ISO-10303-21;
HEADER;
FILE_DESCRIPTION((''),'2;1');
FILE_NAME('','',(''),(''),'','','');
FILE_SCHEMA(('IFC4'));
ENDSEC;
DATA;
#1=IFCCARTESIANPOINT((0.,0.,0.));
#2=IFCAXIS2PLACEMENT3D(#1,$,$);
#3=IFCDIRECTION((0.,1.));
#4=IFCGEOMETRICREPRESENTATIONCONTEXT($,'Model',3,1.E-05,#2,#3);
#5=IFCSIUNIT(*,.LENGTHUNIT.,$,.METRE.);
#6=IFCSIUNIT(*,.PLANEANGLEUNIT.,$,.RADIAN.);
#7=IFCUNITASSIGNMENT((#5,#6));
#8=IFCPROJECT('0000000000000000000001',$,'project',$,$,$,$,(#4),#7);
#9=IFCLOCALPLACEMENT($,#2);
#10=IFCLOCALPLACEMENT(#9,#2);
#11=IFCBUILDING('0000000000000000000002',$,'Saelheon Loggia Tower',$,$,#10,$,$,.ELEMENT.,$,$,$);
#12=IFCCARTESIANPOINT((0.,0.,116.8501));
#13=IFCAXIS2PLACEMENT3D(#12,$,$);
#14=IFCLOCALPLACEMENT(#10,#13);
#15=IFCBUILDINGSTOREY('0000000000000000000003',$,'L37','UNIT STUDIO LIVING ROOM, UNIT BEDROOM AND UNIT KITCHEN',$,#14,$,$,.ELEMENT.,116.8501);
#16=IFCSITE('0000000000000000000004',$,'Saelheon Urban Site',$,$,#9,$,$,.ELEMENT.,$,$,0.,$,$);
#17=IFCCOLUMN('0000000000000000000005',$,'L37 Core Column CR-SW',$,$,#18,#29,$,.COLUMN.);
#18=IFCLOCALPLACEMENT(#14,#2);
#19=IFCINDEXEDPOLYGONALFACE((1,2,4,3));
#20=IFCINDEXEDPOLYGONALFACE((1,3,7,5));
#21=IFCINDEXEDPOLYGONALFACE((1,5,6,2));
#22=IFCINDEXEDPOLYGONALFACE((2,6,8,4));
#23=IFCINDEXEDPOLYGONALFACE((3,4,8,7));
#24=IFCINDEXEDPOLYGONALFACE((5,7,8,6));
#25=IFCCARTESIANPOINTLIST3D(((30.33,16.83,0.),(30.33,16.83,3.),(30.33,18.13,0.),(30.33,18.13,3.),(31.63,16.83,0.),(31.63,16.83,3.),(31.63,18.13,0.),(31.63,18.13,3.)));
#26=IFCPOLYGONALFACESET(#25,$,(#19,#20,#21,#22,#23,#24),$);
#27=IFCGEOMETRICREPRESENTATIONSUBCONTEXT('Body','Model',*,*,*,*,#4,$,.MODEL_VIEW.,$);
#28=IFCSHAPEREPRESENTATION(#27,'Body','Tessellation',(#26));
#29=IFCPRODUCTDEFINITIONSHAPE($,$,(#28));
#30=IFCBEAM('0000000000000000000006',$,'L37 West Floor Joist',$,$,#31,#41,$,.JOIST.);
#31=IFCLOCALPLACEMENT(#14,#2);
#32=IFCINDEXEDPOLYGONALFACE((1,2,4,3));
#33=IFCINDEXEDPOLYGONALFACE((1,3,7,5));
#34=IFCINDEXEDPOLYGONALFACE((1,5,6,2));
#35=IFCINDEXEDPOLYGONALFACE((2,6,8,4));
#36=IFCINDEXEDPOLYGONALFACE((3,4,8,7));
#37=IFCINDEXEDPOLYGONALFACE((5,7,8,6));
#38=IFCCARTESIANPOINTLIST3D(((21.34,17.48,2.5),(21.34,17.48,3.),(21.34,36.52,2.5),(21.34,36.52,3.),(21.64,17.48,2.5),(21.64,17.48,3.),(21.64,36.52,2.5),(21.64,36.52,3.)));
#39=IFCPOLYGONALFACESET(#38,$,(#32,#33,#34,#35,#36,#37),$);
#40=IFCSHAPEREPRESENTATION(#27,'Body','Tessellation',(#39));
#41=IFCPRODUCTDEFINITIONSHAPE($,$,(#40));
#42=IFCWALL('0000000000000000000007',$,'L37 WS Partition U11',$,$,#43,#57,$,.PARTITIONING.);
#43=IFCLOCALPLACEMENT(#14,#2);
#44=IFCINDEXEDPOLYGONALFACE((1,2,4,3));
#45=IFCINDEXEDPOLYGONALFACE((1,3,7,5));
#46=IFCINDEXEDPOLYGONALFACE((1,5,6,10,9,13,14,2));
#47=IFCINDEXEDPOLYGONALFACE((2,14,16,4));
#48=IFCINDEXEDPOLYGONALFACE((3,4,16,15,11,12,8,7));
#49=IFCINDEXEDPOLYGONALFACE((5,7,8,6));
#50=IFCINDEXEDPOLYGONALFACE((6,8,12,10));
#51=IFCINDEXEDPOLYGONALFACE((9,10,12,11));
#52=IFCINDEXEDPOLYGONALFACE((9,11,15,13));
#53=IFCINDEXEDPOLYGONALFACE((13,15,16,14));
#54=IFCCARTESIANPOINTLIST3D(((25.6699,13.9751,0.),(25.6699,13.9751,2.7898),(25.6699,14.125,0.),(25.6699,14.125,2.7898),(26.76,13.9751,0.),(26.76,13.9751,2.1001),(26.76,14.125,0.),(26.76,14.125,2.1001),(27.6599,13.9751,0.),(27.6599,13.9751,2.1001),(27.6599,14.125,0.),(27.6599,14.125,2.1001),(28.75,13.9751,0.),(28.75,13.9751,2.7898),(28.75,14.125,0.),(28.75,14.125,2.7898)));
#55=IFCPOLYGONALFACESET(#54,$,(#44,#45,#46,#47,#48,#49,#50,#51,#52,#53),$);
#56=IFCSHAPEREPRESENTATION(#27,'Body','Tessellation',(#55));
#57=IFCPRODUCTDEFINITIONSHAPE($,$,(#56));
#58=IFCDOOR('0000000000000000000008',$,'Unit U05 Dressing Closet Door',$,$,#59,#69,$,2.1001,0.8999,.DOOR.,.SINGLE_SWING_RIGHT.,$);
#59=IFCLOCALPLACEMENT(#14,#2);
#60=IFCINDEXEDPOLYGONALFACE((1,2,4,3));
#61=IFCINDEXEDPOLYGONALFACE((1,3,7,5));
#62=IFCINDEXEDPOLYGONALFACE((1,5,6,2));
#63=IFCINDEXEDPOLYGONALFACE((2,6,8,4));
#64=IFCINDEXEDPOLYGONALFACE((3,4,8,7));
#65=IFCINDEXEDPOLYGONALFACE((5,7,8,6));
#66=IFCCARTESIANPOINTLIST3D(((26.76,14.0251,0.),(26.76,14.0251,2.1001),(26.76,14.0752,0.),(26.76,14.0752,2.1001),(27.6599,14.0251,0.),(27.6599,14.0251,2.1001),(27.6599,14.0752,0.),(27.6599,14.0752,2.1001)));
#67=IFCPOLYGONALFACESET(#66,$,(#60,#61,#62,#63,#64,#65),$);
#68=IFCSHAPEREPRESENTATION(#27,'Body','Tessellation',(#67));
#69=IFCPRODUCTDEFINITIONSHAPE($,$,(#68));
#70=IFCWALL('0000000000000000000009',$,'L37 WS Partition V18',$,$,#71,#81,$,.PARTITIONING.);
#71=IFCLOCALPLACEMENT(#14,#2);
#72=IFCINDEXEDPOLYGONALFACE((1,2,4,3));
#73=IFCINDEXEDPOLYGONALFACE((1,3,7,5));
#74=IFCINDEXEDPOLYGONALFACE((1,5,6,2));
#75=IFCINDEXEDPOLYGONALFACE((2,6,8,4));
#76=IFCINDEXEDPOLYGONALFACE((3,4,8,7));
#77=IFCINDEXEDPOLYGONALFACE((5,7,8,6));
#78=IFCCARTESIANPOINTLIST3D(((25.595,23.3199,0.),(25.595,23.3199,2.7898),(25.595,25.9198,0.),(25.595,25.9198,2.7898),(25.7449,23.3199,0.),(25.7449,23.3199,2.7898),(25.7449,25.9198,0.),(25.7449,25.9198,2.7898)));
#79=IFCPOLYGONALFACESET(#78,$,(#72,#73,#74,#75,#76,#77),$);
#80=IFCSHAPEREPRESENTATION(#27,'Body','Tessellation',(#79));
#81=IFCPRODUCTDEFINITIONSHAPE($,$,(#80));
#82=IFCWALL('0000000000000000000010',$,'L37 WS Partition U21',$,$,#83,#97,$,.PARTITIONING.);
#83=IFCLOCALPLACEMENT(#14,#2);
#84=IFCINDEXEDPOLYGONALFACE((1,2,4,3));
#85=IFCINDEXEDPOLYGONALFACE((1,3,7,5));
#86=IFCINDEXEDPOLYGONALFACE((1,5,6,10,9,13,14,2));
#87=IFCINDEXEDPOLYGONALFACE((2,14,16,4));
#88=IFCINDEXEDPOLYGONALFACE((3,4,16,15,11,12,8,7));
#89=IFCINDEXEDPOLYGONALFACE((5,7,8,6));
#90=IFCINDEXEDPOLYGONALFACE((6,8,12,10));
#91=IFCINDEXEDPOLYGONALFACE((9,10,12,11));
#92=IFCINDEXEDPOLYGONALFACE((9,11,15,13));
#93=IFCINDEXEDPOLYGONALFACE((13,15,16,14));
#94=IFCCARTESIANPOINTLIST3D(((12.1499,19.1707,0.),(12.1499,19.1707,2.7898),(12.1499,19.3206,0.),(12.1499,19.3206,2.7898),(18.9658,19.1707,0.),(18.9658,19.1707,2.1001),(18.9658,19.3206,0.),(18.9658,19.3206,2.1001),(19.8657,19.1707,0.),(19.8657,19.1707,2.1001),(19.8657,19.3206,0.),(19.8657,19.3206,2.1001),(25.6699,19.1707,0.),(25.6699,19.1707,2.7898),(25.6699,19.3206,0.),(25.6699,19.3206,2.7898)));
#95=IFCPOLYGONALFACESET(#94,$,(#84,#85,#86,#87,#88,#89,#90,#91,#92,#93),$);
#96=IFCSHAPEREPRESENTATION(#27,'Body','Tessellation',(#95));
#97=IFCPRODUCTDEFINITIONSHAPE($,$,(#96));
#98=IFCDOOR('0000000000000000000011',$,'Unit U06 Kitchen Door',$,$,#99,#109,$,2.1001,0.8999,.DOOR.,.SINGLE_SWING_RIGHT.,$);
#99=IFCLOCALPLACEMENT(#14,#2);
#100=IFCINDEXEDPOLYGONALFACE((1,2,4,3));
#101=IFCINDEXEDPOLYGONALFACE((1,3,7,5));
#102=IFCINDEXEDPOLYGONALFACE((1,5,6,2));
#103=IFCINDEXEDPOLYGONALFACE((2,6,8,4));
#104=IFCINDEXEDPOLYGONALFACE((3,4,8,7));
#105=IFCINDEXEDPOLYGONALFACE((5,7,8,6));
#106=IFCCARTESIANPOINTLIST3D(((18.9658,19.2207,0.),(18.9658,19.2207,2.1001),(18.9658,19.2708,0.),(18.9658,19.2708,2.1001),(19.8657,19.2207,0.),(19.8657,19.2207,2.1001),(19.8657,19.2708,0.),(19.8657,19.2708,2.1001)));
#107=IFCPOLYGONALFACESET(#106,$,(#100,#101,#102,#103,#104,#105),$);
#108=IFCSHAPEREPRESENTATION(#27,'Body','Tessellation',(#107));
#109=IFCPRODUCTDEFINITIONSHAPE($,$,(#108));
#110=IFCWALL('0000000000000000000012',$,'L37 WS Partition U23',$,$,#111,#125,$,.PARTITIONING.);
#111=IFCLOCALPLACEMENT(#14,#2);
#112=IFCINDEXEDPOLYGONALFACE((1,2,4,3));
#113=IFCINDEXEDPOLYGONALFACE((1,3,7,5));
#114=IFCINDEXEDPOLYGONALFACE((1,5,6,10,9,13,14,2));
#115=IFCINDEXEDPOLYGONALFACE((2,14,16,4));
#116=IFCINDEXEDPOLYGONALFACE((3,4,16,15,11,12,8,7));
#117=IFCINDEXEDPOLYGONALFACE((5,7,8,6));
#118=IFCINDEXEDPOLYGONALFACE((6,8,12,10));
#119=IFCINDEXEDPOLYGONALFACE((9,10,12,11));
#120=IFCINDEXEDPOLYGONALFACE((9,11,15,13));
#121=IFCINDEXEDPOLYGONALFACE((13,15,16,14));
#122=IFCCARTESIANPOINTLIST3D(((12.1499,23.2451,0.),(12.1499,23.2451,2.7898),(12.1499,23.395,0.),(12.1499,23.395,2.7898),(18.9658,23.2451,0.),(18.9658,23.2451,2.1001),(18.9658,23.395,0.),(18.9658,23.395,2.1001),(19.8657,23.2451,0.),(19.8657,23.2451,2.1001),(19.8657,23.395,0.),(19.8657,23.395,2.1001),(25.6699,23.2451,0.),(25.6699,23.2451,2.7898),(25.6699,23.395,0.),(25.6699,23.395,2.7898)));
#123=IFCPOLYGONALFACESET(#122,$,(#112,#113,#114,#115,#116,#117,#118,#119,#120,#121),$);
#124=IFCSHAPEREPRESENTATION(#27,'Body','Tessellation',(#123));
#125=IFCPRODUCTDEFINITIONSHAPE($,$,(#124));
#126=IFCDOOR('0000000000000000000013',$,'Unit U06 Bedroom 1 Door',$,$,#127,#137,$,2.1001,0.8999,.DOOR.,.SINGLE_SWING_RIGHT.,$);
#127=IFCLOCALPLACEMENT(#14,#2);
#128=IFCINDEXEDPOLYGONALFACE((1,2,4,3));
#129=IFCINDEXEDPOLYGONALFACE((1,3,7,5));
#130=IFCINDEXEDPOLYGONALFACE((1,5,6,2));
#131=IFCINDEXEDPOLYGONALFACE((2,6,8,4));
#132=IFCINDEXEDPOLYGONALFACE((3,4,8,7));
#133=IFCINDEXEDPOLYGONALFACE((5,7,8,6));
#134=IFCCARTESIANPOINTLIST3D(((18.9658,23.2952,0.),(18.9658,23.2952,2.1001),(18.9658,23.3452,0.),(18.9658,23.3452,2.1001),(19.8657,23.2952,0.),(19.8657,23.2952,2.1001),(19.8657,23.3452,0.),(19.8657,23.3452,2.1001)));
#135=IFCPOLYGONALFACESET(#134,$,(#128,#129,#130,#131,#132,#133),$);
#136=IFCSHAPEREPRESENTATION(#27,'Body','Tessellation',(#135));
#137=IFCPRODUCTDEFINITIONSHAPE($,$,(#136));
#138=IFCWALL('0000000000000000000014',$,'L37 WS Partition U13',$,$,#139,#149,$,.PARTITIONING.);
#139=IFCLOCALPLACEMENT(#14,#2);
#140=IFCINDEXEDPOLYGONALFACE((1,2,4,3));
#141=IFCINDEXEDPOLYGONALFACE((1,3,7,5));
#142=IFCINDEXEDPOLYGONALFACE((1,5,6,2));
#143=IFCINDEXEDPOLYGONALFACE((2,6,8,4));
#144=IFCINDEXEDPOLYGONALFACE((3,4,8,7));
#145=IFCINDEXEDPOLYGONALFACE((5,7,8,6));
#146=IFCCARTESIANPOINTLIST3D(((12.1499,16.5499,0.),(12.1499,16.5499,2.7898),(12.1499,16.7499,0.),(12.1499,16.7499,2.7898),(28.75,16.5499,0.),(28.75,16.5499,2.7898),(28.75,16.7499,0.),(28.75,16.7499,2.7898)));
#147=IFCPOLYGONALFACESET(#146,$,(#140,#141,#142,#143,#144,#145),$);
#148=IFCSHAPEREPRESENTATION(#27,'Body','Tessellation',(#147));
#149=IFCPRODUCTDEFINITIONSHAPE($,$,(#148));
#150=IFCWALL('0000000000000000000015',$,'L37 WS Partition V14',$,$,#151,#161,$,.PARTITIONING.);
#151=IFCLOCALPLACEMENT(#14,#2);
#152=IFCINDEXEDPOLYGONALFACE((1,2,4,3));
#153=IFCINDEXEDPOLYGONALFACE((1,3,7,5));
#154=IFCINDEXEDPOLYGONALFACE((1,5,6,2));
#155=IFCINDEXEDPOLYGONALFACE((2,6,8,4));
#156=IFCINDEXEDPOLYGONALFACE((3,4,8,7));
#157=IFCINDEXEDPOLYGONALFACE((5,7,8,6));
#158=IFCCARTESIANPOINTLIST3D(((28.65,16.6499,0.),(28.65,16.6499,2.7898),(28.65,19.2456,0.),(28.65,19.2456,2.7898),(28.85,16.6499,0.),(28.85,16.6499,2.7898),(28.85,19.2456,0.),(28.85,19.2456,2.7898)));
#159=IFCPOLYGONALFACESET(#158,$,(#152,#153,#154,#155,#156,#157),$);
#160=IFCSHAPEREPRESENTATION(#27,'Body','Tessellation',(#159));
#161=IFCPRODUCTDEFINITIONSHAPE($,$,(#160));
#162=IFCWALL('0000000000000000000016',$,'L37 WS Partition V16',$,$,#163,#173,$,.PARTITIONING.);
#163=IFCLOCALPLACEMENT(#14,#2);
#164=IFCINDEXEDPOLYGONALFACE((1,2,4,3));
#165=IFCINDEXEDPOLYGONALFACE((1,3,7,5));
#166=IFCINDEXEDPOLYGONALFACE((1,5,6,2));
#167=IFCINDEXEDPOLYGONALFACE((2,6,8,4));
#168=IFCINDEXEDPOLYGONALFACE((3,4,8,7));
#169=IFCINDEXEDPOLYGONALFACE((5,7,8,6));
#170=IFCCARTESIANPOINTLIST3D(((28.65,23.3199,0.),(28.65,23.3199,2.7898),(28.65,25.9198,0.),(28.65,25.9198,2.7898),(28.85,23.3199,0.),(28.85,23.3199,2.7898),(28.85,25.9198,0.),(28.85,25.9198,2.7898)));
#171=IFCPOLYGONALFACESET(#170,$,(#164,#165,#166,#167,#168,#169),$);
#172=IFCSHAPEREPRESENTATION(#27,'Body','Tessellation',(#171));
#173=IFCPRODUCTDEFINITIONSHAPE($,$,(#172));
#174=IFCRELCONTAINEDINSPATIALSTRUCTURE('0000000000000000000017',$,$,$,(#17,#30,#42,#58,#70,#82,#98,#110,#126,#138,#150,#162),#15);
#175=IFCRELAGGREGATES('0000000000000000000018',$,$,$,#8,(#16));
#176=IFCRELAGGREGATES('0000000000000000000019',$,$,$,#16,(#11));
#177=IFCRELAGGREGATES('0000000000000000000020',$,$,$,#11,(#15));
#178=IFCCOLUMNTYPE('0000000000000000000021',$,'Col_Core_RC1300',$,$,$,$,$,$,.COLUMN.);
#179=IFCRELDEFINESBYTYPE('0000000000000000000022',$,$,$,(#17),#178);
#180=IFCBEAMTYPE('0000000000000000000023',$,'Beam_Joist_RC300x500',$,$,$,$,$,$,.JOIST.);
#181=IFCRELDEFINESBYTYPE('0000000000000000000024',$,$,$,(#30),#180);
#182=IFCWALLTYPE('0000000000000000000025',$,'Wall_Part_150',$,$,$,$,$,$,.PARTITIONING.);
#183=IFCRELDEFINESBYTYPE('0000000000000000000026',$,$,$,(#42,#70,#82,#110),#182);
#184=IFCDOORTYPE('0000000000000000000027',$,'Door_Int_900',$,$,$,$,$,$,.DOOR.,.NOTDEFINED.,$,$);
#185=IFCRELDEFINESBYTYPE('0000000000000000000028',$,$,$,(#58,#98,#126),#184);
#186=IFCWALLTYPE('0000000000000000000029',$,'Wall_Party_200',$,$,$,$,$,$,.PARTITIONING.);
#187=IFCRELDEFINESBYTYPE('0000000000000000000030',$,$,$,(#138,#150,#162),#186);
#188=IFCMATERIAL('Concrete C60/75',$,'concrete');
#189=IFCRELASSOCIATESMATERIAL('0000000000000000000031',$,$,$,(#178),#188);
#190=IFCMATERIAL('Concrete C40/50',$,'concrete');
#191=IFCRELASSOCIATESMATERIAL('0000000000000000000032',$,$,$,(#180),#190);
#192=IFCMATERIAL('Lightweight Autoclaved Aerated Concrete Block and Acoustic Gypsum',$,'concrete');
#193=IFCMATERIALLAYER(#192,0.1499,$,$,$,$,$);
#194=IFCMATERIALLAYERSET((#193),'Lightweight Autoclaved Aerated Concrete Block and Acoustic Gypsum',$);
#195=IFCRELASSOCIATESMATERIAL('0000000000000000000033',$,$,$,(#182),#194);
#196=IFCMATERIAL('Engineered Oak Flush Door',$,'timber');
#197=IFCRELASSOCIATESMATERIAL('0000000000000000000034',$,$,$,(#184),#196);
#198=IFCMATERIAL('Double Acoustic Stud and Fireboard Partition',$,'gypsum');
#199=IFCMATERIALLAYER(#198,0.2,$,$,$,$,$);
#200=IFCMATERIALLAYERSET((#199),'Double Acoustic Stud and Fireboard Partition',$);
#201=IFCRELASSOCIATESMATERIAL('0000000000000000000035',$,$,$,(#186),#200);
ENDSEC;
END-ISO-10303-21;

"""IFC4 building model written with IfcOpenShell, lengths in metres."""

from ifc_helpers import new_model, si_unit, direction, frame, frame_2d, origin, origin_2d, place, context, subcontext, project, spatial, rectangle, extrude, source, transform, mapped, material, layer, layer_set, material_profile, profile_set, type_object, element, fill, save


model = new_model("IFC4")

# Units and contexts
model_context = context("Model", 3, precision=1e-05, world=origin(), true_north=direction((0.0, 1.0)))
body_context = subcontext(model_context, "Body", "Model", "MODEL_VIEW")
ifc_project = project(units=[si_unit("LENGTHUNIT", "METRE"), si_unit("PLANEANGLEUNIT", "RADIAN")], contexts=[model_context])

# Site, building, storey
site_placement = place(None, origin())
site = spatial("IfcSite", under=ifc_project, at=site_placement, Name="Saelheon Urban Site", CompositionType="ELEMENT", RefElevation=0.0)
building_placement = place(site_placement, origin())
building = spatial("IfcBuilding", under=site, at=building_placement, Name="Saelheon Loggia Tower", CompositionType="ELEMENT")
storey_placement = place(building_placement, frame((0.0, 0.0, 116.8501)))
storey = spatial("IfcBuildingStorey", under=building, at=storey_placement, Name="L37", Description="UNIT STUDIO LIVING ROOM, UNIT BEDROOM AND UNIT KITCHEN", CompositionType="ELEMENT", Elevation=116.8501)

# Column
ifc_material_1 = material(Name="Concrete C60/75", Category="concrete")
ifc_material_profile_1 = material_profile(ifc_material_1, rectangle(XDim=1.3, YDim=1.3, at=origin_2d()), Name="RC-1300x1300")
ifc_profile_set_1 = profile_set([ifc_material_profile_1], Name="Concrete C60/75")
column_type = type_object("IfcColumnType", Name="Col_Core_RC1300", PredefinedType="COLUMN", material=ifc_profile_set_1)
shared_shape_1 = source(origin(), body_context, "Body", "SweptSolid", [
    extrude(rectangle(XDim=1.3, YDim=1.3, at=origin_2d()), origin(), (0.0, 0.0, 1.0), 3.0),
])
column_placement = place(storey_placement, frame((30.98, 17.48, 0.0), z_axis=(0.0, 0.0, 1.0), x_axis=(1.0, 0.0, 0.0)))
element("IfcColumn", 1, at=column_placement, inside=storey, type_object=column_type, Name="L37 Core Column CR-SW", PredefinedType="COLUMN", context=body_context, shape_type="MappedRepresentation", body=[
    mapped(shared_shape_1, transform((0.0, 0.0, 0.0), scale=1.0)),
])

# Beam
ifc_material_2 = material(Name="Concrete C40/50", Category="concrete")
ifc_material_profile_2 = material_profile(ifc_material_2, rectangle(XDim=0.3, YDim=0.5, at=origin_2d()), Name="RC-300x500")
ifc_profile_set_2 = profile_set([ifc_material_profile_2], Name="Concrete C40/50")
beam_type = type_object("IfcBeamType", Name="Beam_Joist_RC300x500", PredefinedType="JOIST", material=ifc_profile_set_2)
shared_shape_2 = source(origin(), body_context, "Body", "SweptSolid", [
    extrude(rectangle(XDim=0.3, YDim=0.5, at=origin_2d()), origin(), (0.0, 0.0, 1.0), 19.04),
])
beam_placement = place(storey_placement, frame((21.49, 17.48, 2.75), z_axis=(0.0, 1.0, 0.0), x_axis=(-1.0, 0.0, 0.0)))
element("IfcBeam", 2, at=beam_placement, inside=storey, type_object=beam_type, Name="L37 West Floor Joist", PredefinedType="JOIST", context=body_context, shape_type="MappedRepresentation", body=[
    mapped(shared_shape_2, transform((0.0, 0.0, 0.0), scale=1.0)),
])

# Wall, opening, door
ifc_material_3 = material(Name="Lightweight Autoclaved Aerated Concrete Block and Acoustic Gypsum", Category="concrete")
ifc_layer_1 = layer(ifc_material_3, 0.1499)
ifc_layer_set_1 = layer_set([ifc_layer_1], Name="Lightweight Autoclaved Aerated Concrete Block and Acoustic Gypsum")
wall_type_1 = type_object("IfcWallType", Name="Wall_Part_150", PredefinedType="PARTITIONING", material=ifc_layer_set_1)
wall_1_placement = place(storey_placement, frame((28.75, 14.05, 0.0), z_axis=(0.0, 0.0, 1.0), x_axis=(-1.0, 0.0, 0.0)))
wall_1 = element("IfcWall", 3, at=wall_1_placement, inside=storey, type_object=wall_type_1, Name="L37 WS Partition U11", PredefinedType="PARTITIONING", context=body_context, shape_type="SweptSolid", body=[
    extrude(rectangle(XDim=3.0801, YDim=0.1499, at=frame_2d((1.54, 0.0))), origin(), (0.0, 0.0, 1.0), 2.7898),
])
opening_1_placement = place(wall_1_placement, frame((1.0901, 0.0, 0.0)))
opening_1 = element("IfcOpeningElement", 4, at=opening_1_placement, cuts=wall_1, PredefinedType="OPENING", context=body_context, shape_type="SweptSolid", body=[
    extrude(rectangle(XDim=0.8999, YDim=2.1001, at=frame_2d((0.45, 1.05))), frame((0.0, 0.0869, 0.0), z_axis=(0.0, -1.0, 0.0), x_axis=(1.0, 0.0, 0.0)), (0.0, 0.0, 1.0), 0.1738),
])
ifc_material_4 = material(Name="Engineered Oak Flush Door", Category="timber")
door_type_1 = type_object("IfcDoorType", Name="Door_Int_900", OperationType="NOTDEFINED", PredefinedType="DOOR", material=ifc_material_4)
shared_shape_3 = source(origin(), body_context, "Body", "SweptSolid", [
    extrude(rectangle(XDim=0.8999, YDim=2.1001, at=frame_2d((0.45, 1.05))), frame((0.0, 0.0249, 0.0), z_axis=(0.0, -1.0, 0.0), x_axis=(1.0, 0.0, 0.0)), (0.0, 0.0, 1.0), 0.05),
])
door_1_placement = place(opening_1_placement, origin())
door_1 = element("IfcDoor", 5, at=door_1_placement, inside=storey, type_object=door_type_1, Name="Unit U05 Dressing Closet Door", OperationType="SINGLE_SWING_RIGHT", OverallHeight=2.1001, OverallWidth=0.8999, PredefinedType="DOOR", context=body_context, shape_type="MappedRepresentation", body=[
    mapped(shared_shape_3, transform((0.0, 0.0, 0.0), scale=1.0)),
])
fill(opening_1, door_1)

# Wall
wall_2_placement = place(storey_placement, frame((25.6699, 23.3201, 0.0), z_axis=(0.0, 0.0, 1.0), x_axis=(0.0, 1.0, 0.0)))
element("IfcWall", 6, at=wall_2_placement, inside=storey, type_object=wall_type_1, Name="L37 WS Partition V18", PredefinedType="PARTITIONING", context=body_context, shape_type="SweptSolid", body=[
    extrude(rectangle(XDim=2.5999, YDim=0.1499, at=frame_2d((1.2998, 0.0))), origin(), (0.0, 0.0, 1.0), 2.7898),
])

# Walls, openings, doors
wall_3_placement = place(storey_placement, frame((25.6699, 19.2456, 0.0), z_axis=(0.0, 0.0, 1.0), x_axis=(-1.0, 0.0, 0.0)))
wall_3 = element("IfcWall", 7, at=wall_3_placement, inside=storey, type_object=wall_type_1, Name="L37 WS Partition U21", PredefinedType="PARTITIONING", context=body_context, shape_type="SweptSolid", body=[
    extrude(rectangle(XDim=13.52, YDim=0.1499, at=frame_2d((6.76, 0.0))), origin(), (0.0, 0.0, 1.0), 2.7898),
])
opening_2_placement = place(wall_3_placement, frame((5.8042, 0.0, 0.0)))
opening_2 = element("IfcOpeningElement", 8, at=opening_2_placement, cuts=wall_3, PredefinedType="OPENING", context=body_context, shape_type="SweptSolid", body=[
    extrude(rectangle(XDim=0.8999, YDim=2.1001, at=frame_2d((0.45, 1.05))), frame((0.0, 0.0869, 0.0), z_axis=(0.0, -1.0, 0.0), x_axis=(1.0, 0.0, 0.0)), (0.0, 0.0, 1.0), 0.1738),
])
door_2_placement = place(opening_2_placement, origin())
door_2 = element("IfcDoor", 9, at=door_2_placement, inside=storey, type_object=door_type_1, Name="Unit U06 Kitchen Door", OperationType="SINGLE_SWING_RIGHT", OverallHeight=2.1001, OverallWidth=0.8999, PredefinedType="DOOR", context=body_context, shape_type="MappedRepresentation", body=[
    mapped(shared_shape_3, transform((0.0, 0.0, 0.0), scale=1.0)),
])
fill(opening_2, door_2)
wall_4_placement = place(storey_placement, frame((25.6699, 23.3201, 0.0), z_axis=(0.0, 0.0, 1.0), x_axis=(-1.0, 0.0, 0.0)))
wall_4 = element("IfcWall", 10, at=wall_4_placement, inside=storey, type_object=wall_type_1, Name="L37 WS Partition U23", PredefinedType="PARTITIONING", context=body_context, shape_type="SweptSolid", body=[
    extrude(rectangle(XDim=13.52, YDim=0.1499, at=frame_2d((6.76, 0.0))), origin(), (0.0, 0.0, 1.0), 2.7898),
])
opening_3_placement = place(wall_4_placement, frame((5.8042, 0.0, 0.0)))
opening_3 = element("IfcOpeningElement", 11, at=opening_3_placement, cuts=wall_4, PredefinedType="OPENING", context=body_context, shape_type="SweptSolid", body=[
    extrude(rectangle(XDim=0.8999, YDim=2.1001, at=frame_2d((0.45, 1.05))), frame((0.0, 0.0869, 0.0), z_axis=(0.0, -1.0, 0.0), x_axis=(1.0, 0.0, 0.0)), (0.0, 0.0, 1.0), 0.1738),
])
door_3_placement = place(opening_3_placement, origin())
door_3 = element("IfcDoor", 12, at=door_3_placement, inside=storey, type_object=door_type_1, Name="Unit U06 Bedroom 1 Door", OperationType="SINGLE_SWING_RIGHT", OverallHeight=2.1001, OverallWidth=0.8999, PredefinedType="DOOR", context=body_context, shape_type="MappedRepresentation", body=[
    mapped(shared_shape_3, transform((0.0, 0.0, 0.0), scale=1.0)),
])
fill(opening_3, door_3)

# Walls
ifc_material_5 = material(Name="Double Acoustic Stud and Fireboard Partition", Category="gypsum")
ifc_layer_2 = layer(ifc_material_5, 0.2)
ifc_layer_set_2 = layer_set([ifc_layer_2], Name="Double Acoustic Stud and Fireboard Partition")
wall_type_2 = type_object("IfcWallType", Name="Wall_Party_200", PredefinedType="PARTITIONING", material=ifc_layer_set_2)
wall_5_placement = place(storey_placement, frame((28.75, 16.6499, 0.0), z_axis=(0.0, 0.0, 1.0), x_axis=(-1.0, 0.0, 0.0)))
element("IfcWall", 13, at=wall_5_placement, inside=storey, type_object=wall_type_2, Name="L37 WS Partition U13", PredefinedType="PARTITIONING", context=body_context, shape_type="SweptSolid", body=[
    extrude(rectangle(XDim=16.6001, YDim=0.2, at=frame_2d((8.3, 0.0))), origin(), (0.0, 0.0, 1.0), 2.7898),
])
wall_6_placement = place(storey_placement, frame((28.75, 16.6499, 0.0), z_axis=(0.0, 0.0, 1.0), x_axis=(0.0, 1.0, 0.0)))
element("IfcWall", 14, at=wall_6_placement, inside=storey, type_object=wall_type_2, Name="L37 WS Partition V14", PredefinedType="PARTITIONING", context=body_context, shape_type="SweptSolid", body=[
    extrude(rectangle(XDim=2.5957, YDim=0.2, at=frame_2d((1.2979, 0.0))), origin(), (0.0, 0.0, 1.0), 2.7898),
])

# Wall
wall_7_placement = place(storey_placement, frame((28.75, 23.3201, 0.0), z_axis=(0.0, 0.0, 1.0), x_axis=(0.0, 1.0, 0.0)))
element("IfcWall", 15, at=wall_7_placement, inside=storey, type_object=wall_type_2, Name="L37 WS Partition V16", PredefinedType="PARTITIONING", context=body_context, shape_type="SweptSolid", body=[
    extrude(rectangle(XDim=2.5999, YDim=0.2, at=frame_2d((1.2998, 0.0))), origin(), (0.0, 0.0, 1.0), 2.7898),
])

save(model, "model.ifc")
